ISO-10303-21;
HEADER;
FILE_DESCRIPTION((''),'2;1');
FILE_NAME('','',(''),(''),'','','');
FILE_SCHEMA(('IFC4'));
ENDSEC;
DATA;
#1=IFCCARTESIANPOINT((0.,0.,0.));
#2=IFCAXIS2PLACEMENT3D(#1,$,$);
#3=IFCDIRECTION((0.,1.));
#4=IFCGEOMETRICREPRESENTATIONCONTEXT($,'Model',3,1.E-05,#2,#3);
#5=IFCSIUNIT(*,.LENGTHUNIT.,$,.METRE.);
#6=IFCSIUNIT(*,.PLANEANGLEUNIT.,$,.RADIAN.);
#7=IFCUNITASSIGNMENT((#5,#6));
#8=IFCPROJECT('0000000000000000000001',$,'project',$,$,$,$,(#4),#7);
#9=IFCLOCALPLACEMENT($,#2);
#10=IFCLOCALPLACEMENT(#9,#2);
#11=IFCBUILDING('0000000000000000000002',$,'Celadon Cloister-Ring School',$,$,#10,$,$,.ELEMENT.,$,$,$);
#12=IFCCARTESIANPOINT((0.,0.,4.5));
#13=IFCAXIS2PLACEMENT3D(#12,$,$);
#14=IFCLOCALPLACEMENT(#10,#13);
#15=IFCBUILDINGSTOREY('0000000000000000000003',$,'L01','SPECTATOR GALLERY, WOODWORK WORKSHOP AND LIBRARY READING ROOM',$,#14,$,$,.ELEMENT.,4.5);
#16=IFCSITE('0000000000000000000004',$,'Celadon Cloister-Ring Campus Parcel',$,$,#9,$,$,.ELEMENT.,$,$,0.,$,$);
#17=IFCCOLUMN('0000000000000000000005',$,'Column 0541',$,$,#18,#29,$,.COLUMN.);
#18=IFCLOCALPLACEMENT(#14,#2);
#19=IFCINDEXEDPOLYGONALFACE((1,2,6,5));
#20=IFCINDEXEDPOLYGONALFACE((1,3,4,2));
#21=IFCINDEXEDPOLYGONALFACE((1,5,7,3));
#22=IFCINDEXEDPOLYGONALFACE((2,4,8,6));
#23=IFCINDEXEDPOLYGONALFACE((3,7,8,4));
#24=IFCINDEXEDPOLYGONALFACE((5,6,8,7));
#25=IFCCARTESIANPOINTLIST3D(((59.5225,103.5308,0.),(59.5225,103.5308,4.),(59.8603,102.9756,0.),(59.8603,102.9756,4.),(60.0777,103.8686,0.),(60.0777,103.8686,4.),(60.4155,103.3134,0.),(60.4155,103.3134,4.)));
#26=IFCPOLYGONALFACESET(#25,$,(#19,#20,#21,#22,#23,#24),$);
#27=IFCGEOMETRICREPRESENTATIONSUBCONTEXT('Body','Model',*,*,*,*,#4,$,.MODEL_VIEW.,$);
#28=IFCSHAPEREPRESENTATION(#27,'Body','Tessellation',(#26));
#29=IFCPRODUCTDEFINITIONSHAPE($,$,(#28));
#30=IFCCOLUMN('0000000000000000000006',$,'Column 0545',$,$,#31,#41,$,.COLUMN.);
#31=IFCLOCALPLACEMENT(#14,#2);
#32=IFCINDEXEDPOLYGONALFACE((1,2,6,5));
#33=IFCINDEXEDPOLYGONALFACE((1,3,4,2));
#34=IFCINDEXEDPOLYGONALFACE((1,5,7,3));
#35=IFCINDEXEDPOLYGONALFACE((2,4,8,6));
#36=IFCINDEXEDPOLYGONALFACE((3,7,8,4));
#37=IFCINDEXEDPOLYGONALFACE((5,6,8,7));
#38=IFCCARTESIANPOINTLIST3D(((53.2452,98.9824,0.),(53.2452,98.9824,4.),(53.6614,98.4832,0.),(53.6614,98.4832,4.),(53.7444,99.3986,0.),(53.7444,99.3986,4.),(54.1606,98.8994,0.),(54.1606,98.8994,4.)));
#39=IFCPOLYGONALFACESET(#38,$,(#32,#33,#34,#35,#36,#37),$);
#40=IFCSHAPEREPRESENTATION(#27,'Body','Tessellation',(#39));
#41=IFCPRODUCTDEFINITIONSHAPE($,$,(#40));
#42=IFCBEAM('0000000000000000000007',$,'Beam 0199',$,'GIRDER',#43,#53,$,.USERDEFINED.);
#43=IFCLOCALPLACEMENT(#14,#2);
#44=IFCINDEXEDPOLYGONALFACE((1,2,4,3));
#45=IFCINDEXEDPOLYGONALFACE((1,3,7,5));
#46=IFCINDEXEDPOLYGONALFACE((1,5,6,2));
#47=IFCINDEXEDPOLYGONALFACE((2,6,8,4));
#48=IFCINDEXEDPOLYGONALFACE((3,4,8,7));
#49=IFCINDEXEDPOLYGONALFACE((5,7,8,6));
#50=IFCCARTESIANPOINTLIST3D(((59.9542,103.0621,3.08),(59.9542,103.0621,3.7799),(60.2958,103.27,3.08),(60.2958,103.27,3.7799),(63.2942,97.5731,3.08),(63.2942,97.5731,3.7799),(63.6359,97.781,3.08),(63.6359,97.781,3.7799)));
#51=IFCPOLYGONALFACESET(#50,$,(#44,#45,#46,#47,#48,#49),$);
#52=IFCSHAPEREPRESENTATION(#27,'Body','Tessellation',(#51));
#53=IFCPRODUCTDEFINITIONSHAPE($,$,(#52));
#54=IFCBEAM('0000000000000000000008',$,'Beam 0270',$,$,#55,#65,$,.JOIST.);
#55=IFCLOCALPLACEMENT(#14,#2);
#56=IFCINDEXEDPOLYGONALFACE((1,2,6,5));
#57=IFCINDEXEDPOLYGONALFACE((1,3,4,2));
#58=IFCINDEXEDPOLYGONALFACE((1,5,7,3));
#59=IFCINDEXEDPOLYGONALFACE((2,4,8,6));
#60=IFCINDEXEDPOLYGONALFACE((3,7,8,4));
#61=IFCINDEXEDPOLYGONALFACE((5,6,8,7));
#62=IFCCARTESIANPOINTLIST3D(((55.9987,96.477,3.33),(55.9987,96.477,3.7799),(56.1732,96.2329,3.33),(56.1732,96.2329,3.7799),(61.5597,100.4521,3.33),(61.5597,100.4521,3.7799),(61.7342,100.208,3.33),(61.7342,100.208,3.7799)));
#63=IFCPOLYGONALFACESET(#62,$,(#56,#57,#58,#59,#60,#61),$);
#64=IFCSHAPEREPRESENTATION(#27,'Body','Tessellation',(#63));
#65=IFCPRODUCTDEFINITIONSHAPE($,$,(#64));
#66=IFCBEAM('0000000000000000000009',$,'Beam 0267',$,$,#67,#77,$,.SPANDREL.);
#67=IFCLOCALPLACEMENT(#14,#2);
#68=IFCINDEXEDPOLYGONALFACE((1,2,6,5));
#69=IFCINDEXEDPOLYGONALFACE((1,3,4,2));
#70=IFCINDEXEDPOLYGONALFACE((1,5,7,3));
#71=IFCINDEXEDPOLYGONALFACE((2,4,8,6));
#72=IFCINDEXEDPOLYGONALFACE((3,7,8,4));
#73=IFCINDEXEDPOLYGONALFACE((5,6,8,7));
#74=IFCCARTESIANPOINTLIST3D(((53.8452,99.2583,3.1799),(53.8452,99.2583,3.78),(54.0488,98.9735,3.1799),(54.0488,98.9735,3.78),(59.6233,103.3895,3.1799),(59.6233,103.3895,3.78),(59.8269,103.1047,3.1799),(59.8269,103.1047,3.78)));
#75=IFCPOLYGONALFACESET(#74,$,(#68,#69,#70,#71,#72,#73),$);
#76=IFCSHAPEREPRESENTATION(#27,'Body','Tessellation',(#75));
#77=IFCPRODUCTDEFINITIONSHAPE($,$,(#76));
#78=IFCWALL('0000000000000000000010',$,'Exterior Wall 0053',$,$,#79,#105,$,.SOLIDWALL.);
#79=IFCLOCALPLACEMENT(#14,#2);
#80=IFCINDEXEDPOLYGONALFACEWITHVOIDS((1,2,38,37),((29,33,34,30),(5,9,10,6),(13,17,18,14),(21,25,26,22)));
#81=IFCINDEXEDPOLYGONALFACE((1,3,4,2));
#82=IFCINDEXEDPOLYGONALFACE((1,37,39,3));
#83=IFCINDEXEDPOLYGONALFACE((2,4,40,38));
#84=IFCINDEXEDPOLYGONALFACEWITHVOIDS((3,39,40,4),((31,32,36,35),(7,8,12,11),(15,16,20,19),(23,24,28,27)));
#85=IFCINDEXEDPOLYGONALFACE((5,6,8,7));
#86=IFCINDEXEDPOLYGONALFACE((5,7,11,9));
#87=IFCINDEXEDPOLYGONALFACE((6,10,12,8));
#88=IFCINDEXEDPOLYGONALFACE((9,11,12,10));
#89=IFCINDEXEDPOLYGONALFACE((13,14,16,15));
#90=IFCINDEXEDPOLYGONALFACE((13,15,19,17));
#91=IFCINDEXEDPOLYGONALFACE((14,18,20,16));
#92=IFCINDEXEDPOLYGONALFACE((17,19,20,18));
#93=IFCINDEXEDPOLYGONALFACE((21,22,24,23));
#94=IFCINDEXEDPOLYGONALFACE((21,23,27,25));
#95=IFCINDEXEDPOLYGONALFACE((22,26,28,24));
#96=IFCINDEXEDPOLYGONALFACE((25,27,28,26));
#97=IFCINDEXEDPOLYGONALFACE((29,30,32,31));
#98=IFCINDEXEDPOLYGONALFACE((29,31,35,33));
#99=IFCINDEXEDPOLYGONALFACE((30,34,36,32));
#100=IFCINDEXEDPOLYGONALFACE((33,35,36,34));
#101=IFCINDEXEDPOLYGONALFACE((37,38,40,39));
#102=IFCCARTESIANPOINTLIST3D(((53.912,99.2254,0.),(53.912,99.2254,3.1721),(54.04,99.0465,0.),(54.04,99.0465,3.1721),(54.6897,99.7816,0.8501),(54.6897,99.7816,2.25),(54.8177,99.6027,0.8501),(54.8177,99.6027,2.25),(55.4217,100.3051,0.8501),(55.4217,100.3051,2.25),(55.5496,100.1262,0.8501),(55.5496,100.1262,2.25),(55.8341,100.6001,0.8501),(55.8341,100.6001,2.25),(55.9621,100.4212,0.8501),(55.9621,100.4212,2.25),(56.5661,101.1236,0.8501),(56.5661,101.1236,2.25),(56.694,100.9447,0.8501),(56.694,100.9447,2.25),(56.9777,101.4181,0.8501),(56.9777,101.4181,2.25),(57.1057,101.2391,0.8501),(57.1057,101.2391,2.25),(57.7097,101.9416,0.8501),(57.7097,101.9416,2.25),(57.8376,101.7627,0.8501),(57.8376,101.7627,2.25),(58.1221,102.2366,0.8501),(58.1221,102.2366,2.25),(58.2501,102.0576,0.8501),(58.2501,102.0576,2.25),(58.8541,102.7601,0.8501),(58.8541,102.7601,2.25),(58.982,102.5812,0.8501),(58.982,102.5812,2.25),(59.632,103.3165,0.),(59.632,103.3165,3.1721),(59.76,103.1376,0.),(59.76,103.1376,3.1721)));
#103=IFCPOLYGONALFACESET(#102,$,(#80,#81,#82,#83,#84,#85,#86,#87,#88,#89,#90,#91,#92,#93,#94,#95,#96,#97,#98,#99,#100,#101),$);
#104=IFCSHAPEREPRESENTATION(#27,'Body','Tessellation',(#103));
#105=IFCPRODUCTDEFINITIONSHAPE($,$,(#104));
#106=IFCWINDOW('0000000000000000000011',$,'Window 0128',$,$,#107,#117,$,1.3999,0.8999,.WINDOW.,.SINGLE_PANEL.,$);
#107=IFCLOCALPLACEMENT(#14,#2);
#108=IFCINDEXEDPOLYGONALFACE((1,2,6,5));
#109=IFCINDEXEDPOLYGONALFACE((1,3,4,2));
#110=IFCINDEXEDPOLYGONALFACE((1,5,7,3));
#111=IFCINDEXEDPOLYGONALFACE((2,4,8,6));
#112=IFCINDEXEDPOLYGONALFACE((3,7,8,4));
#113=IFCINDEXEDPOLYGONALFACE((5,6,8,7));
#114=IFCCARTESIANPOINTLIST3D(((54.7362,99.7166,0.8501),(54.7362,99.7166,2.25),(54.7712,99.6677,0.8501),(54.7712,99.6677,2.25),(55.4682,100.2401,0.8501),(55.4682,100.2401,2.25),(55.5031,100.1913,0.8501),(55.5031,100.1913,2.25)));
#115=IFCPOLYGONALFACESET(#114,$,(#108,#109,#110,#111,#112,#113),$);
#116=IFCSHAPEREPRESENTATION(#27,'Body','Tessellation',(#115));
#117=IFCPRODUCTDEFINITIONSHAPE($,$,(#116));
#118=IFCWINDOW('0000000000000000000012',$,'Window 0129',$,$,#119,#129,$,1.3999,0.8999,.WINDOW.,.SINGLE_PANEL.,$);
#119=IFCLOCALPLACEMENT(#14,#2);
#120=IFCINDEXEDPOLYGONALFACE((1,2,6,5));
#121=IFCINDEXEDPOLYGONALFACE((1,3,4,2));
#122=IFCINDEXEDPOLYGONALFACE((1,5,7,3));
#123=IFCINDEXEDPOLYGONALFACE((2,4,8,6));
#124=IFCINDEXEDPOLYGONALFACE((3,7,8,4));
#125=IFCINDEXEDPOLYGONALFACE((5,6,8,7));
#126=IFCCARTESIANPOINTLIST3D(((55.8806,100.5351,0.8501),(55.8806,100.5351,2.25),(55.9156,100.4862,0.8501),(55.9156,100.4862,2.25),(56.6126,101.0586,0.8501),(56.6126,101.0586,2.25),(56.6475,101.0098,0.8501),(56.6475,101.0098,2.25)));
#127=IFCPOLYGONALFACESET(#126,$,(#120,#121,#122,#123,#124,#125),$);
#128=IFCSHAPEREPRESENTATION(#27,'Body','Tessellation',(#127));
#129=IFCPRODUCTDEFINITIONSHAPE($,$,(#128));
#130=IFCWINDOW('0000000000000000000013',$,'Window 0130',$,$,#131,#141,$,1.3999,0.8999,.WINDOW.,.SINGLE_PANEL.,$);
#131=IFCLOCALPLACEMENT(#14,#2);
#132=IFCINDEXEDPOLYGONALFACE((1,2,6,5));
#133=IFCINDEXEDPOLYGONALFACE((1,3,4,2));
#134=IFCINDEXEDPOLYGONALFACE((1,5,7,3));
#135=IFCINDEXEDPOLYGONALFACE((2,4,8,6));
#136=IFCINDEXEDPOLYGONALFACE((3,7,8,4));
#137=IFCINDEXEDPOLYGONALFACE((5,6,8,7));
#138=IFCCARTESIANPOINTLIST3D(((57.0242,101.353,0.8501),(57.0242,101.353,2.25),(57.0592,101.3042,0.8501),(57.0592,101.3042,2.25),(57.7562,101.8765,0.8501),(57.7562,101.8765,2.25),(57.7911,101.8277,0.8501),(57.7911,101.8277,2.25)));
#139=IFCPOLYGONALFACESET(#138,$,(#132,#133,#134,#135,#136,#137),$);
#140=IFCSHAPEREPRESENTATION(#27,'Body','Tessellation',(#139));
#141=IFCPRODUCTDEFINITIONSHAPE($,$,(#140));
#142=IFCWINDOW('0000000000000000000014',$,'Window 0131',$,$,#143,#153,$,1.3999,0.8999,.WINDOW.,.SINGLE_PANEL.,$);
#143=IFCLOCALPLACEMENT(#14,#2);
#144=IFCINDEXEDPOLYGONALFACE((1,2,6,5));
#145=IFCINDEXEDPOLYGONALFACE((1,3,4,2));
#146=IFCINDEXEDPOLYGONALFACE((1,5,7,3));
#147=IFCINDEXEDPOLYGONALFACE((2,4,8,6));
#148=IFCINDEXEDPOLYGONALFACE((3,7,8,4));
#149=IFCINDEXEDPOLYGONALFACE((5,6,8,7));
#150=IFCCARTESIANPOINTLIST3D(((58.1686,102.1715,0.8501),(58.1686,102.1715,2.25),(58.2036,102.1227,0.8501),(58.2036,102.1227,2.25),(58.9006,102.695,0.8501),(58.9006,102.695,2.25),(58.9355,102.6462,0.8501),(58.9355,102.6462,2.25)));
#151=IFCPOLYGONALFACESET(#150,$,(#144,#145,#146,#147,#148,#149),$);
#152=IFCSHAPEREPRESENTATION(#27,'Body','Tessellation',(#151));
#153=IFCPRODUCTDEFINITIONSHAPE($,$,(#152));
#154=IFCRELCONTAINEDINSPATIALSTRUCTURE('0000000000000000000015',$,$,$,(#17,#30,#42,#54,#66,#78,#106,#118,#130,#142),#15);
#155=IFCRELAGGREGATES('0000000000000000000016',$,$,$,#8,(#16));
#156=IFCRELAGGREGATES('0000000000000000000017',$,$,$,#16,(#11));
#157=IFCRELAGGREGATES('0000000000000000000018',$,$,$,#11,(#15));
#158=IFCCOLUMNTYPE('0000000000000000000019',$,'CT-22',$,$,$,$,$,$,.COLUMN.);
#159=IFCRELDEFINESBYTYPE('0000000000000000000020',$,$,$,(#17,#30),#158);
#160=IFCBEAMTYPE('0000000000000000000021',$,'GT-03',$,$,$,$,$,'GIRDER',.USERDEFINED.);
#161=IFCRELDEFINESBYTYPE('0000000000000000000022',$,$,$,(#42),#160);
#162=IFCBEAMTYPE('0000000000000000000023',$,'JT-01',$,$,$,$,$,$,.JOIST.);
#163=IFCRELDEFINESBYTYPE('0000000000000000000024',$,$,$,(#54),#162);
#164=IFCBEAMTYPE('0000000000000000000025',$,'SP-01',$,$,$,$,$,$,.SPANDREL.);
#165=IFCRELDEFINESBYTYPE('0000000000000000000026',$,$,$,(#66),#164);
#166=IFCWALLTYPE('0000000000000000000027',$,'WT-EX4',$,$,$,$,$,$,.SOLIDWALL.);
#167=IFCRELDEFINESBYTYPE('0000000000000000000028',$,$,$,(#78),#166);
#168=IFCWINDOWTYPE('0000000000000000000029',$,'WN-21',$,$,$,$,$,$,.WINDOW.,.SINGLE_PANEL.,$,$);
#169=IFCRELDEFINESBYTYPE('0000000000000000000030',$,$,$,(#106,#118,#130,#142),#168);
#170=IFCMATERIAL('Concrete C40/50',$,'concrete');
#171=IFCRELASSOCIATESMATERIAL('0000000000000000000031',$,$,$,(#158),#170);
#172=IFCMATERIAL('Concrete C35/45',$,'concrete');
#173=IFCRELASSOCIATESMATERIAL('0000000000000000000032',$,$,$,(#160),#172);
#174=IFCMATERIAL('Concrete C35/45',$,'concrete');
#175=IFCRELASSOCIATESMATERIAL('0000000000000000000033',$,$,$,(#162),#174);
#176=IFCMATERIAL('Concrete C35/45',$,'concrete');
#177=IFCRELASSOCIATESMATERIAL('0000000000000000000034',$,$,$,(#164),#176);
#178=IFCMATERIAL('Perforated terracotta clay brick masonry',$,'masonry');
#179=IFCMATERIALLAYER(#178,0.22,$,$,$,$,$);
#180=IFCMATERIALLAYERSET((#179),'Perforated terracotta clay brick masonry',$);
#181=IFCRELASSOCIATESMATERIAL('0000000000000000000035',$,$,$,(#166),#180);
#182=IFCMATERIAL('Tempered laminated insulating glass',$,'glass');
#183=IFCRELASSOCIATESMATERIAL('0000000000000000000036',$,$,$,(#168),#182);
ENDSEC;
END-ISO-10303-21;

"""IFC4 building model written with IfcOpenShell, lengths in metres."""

from ifc_helpers import new_model, si_unit, direction, frame, frame_2d, origin, origin_2d, place, context, subcontext, project, spatial, rectangle, extrude, material, layer, layer_set, material_profile, profile_set, type_object, element, fill, save


model = new_model("IFC4")

# Units and contexts
model_context = context("Model", 3, precision=1e-05, world=origin(), true_north=direction((0.0, 1.0)))
body_context = subcontext(model_context, "Body", "Model", "MODEL_VIEW")
ifc_project = project(units=[si_unit("LENGTHUNIT", "METRE"), si_unit("PLANEANGLEUNIT", "RADIAN")], contexts=[model_context])

# Site, building, storey
site_placement = place(None, origin())
site = spatial("IfcSite", under=ifc_project, at=site_placement, Name="Celadon Cloister-Ring Campus Parcel", CompositionType="ELEMENT", RefElevation=0.0)
building_placement = place(site_placement, origin())
building = spatial("IfcBuilding", under=site, at=building_placement, Name="Celadon Cloister-Ring School", CompositionType="ELEMENT")
storey_placement = place(building_placement, frame((0.0, 0.0, 4.5)))
storey = spatial("IfcBuildingStorey", under=building, at=storey_placement, Name="L01", Description="SPECTATOR GALLERY, WOODWORK WORKSHOP AND LIBRARY READING ROOM", CompositionType="ELEMENT", Elevation=4.5)

# Columns
ifc_material_1 = material(Name="Concrete C40/50", Category="concrete")
ifc_material_profile_1 = material_profile(ifc_material_1, rectangle(XDim=0.6499, YDim=0.6499, at=origin_2d()), Name="RC650X650")
ifc_profile_set_1 = profile_set([ifc_material_profile_1], Name="Concrete C40/50")
column_type = type_object("IfcColumnType", Name="CT-22", PredefinedType="COLUMN", material=ifc_profile_set_1)
for number, where, z_axis, x_axis, name in (
    (1, (59.969, 103.4221, 0.0), (0.0, 0.0, 1.0), (-0.519817, 0.854277, 0.0), "Column 0541"),
    (2, (53.7029, 98.9409, 0.0), (0.0, 0.0, 1.0), (-0.640324, 0.768105, 0.0), "Column 0545"),
):
    element("IfcColumn", number, at=place(storey_placement, frame(where, z_axis=z_axis, x_axis=x_axis)), inside=storey, type_object=column_type, Name=name, PredefinedType="COLUMN", context=body_context, shape_type="SweptSolid", body=[
        extrude(rectangle(XDim=0.6499, YDim=0.6499, at=origin_2d()), origin(), (0.0, 0.0, 1.0), 4.0),
    ])

# Beams
ifc_material_2 = material(Name="Concrete C35/45", Category="concrete")
ifc_material_profile_2 = material_profile(ifc_material_2, rectangle(XDim=0.3999, YDim=0.7, at=origin_2d()), Name="RC400X700")
ifc_profile_set_2 = profile_set([ifc_material_profile_2], Name="Concrete C35/45")
beam_type_1 = type_object("IfcBeamType", Name="GT-03", ElementType="GIRDER", PredefinedType="USERDEFINED", material=ifc_profile_set_2)
beam_1_placement = place(storey_placement, frame((60.125, 103.166, 3.4299), z_axis=(0.519828, -0.854271, 0.0), x_axis=(0.854271, 0.519828, 0.0)))
element("IfcBeam", 3, at=beam_1_placement, inside=storey, type_object=beam_type_1, Name="Beam 0199", ObjectType="GIRDER", PredefinedType="USERDEFINED", context=body_context, shape_type="SweptSolid", body=[
    extrude(rectangle(XDim=0.3999, YDim=0.7, at=origin_2d()), origin(), (0.0, 0.0, 1.0), 6.4253),
])
ifc_material_3 = material(Name="Concrete C35/45", Category="concrete")
ifc_material_profile_3 = material_profile(ifc_material_3, rectangle(XDim=0.3, YDim=0.45, at=origin_2d()), Name="RC300X450")
ifc_profile_set_3 = profile_set([ifc_material_profile_3], Name="Concrete C35/45")
beam_type_2 = type_object("IfcBeamType", Name="JT-01", PredefinedType="JOIST", material=ifc_profile_set_3)
beam_2_placement = place(storey_placement, frame((61.647, 100.3301, 3.5549), z_axis=(-0.813531, -0.581522, 0.0), x_axis=(0.581522, -0.813531, 0.0)))
element("IfcBeam", 4, at=beam_2_placement, inside=storey, type_object=beam_type_2, Name="Beam 0270", PredefinedType="JOIST", context=body_context, shape_type="SweptSolid", body=[
    extrude(rectangle(XDim=0.3, YDim=0.45, at=origin_2d()), origin(), (0.0, 0.0, 1.0), 6.8357),
])
ifc_material_4 = material(Name="Concrete C35/45", Category="concrete")
ifc_material_profile_4 = material_profile(ifc_material_4, rectangle(XDim=0.3501, YDim=0.6001, at=origin_2d()), Name="RC350X600")
ifc_profile_set_4 = profile_set([ifc_material_profile_4], Name="Concrete C35/45")
beam_type_3 = type_object("IfcBeamType", Name="SP-01", PredefinedType="SPANDREL", material=ifc_profile_set_4)
beam_3_placement = place(storey_placement, frame((59.7251, 103.2471, 3.48), z_axis=(-0.813473, -0.581602, 0.0), x_axis=(0.581602, -0.813473, 0.0)))
element("IfcBeam", 5, at=beam_3_placement, inside=storey, type_object=beam_type_3, Name="Beam 0267", PredefinedType="SPANDREL", context=body_context, shape_type="SweptSolid", body=[
    extrude(rectangle(XDim=0.3501, YDim=0.6001, at=origin_2d()), origin(), (0.0, 0.0, 1.0), 7.103),
])

# Wall, openings, windows
ifc_material_5 = material(Name="Perforated terracotta clay brick masonry", Category="masonry")
ifc_layer_1 = layer(ifc_material_5, 0.22)
ifc_layer_set_1 = layer_set([ifc_layer_1], Name="Perforated terracotta clay brick masonry")
wall_type = type_object("IfcWallType", Name="WT-EX4", PredefinedType="SOLIDWALL", material=ifc_layer_set_1)
wall_1_placement = place(storey_placement, frame((53.9761, 99.136, 0.0), z_axis=(0.0, 0.0, 1.0), x_axis=(0.813372, 0.581744, 0.0)))
wall_1 = element("IfcWall", 6, at=wall_1_placement, inside=storey, type_object=wall_type, Name="Exterior Wall 0053", PredefinedType="SOLIDWALL", context=body_context, shape_type="SweptSolid", body=[
    extrude(rectangle(XDim=7.0325, YDim=0.22, at=frame_2d((3.5161, 0.0))), origin(), (0.0, 0.0, 1.0), 3.1721),
])
opening_1_placement = place(wall_1_placement, frame((0.9561, 0.0, 0.8501)))
opening_1 = element("IfcOpeningElement", 7, at=opening_1_placement, cuts=wall_1, PredefinedType="OPENING", context=body_context, shape_type="SweptSolid", body=[
    extrude(rectangle(XDim=0.8999, YDim=1.3999, at=frame_2d((0.45, 0.7))), frame((0.0, 0.1201, 0.0), z_axis=(0.0, -1.0, 0.0), x_axis=(1.0, 0.0, 0.0)), (0.0, 0.0, 1.0), 0.24),
])
opening_2_placement = place(wall_1_placement, frame((2.363, 0.0, 0.8501)))
opening_2 = element("IfcOpeningElement", 8, at=opening_2_placement, cuts=wall_1, PredefinedType="OPENING", context=body_context, shape_type="SweptSolid", body=[
    extrude(rectangle(XDim=0.8999, YDim=1.3999, at=frame_2d((0.45, 0.7))), frame((0.0, 0.1201, 0.0), z_axis=(0.0, -1.0, 0.0), x_axis=(1.0, 0.0, 0.0)), (0.0, 0.0, 1.0), 0.24),
])
opening_3_placement = place(wall_1_placement, frame((3.769, 0.0, 0.8501)))
opening_3 = element("IfcOpeningElement", 9, at=opening_3_placement, cuts=wall_1, PredefinedType="OPENING", context=body_context, shape_type="SweptSolid", body=[
    extrude(rectangle(XDim=0.8999, YDim=1.3999, at=frame_2d((0.45, 0.7))), frame((0.0, 0.1201, 0.0), z_axis=(0.0, -1.0, 0.0), x_axis=(1.0, 0.0, 0.0)), (0.0, 0.0, 1.0), 0.24),
])
opening_4_placement = place(wall_1_placement, frame((5.176, 0.0, 0.8501)))
opening_4 = element("IfcOpeningElement", 10, at=opening_4_placement, cuts=wall_1, PredefinedType="OPENING", context=body_context, shape_type="SweptSolid", body=[
    extrude(rectangle(XDim=0.8999, YDim=1.3999, at=frame_2d((0.45, 0.7))), frame((0.0, 0.1201, 0.0), z_axis=(0.0, -1.0, 0.0), x_axis=(1.0, 0.0, 0.0)), (0.0, 0.0, 1.0), 0.24),
])
ifc_material_6 = material(Name="Tempered laminated insulating glass", Category="glass")
window_type_1 = type_object("IfcWindowType", Name="WN-21", PartitioningType="SINGLE_PANEL", PredefinedType="WINDOW", material=ifc_material_6)
window_1_placement = place(opening_1_placement, origin())
window_1 = element("IfcWindow", 11, at=window_1_placement, inside=storey, type_object=window_type_1, Name="Window 0128", OverallHeight=1.3999, OverallWidth=0.8999, PartitioningType="SINGLE_PANEL", PredefinedType="WINDOW", context=body_context, shape_type="SweptSolid", body=[
    extrude(rectangle(XDim=0.8999, YDim=1.3999, at=frame_2d((0.45, 0.7))), frame((0.0, 0.03, 0.0), z_axis=(0.0, -1.0, 0.0), x_axis=(1.0, 0.0, 0.0)), (0.0, 0.0, 1.0), 0.0601),
])
fill(opening_1, window_1)
window_2_placement = place(opening_2_placement, origin())
window_2 = element("IfcWindow", 12, at=window_2_placement, inside=storey, type_object=window_type_1, Name="Window 0129", OverallHeight=1.3999, OverallWidth=0.8999, PartitioningType="SINGLE_PANEL", PredefinedType="WINDOW", context=body_context, shape_type="SweptSolid", body=[
    extrude(rectangle(XDim=0.8999, YDim=1.3999, at=frame_2d((0.45, 0.7))), frame((0.0, 0.03, 0.0), z_axis=(0.0, -1.0, 0.0), x_axis=(1.0, 0.0, 0.0)), (0.0, 0.0, 1.0), 0.0601),
])
fill(opening_2, window_2)
window_3_placement = place(opening_3_placement, origin())
window_3 = element("IfcWindow", 13, at=window_3_placement, inside=storey, type_object=window_type_1, Name="Window 0130", OverallHeight=1.3999, OverallWidth=0.8999, PartitioningType="SINGLE_PANEL", PredefinedType="WINDOW", context=body_context, shape_type="SweptSolid", body=[
    extrude(rectangle(XDim=0.8999, YDim=1.3999, at=frame_2d((0.45, 0.7))), frame((0.0, 0.03, 0.0), z_axis=(0.0, -1.0, 0.0), x_axis=(1.0, 0.0, 0.0)), (0.0, 0.0, 1.0), 0.0601),
])
fill(opening_3, window_3)
window_4_placement = place(opening_4_placement, origin())
window_4 = element("IfcWindow", 14, at=window_4_placement, inside=storey, type_object=window_type_1, Name="Window 0131", OverallHeight=1.3999, OverallWidth=0.8999, PartitioningType="SINGLE_PANEL", PredefinedType="WINDOW", context=body_context, shape_type="SweptSolid", body=[
    extrude(rectangle(XDim=0.8999, YDim=1.3999, at=frame_2d((0.45, 0.7))), frame((0.0, 0.03, 0.0), z_axis=(0.0, -1.0, 0.0), x_axis=(1.0, 0.0, 0.0)), (0.0, 0.0, 1.0), 0.0601),
])
fill(opening_4, window_4)

save(model, "model.ifc")
